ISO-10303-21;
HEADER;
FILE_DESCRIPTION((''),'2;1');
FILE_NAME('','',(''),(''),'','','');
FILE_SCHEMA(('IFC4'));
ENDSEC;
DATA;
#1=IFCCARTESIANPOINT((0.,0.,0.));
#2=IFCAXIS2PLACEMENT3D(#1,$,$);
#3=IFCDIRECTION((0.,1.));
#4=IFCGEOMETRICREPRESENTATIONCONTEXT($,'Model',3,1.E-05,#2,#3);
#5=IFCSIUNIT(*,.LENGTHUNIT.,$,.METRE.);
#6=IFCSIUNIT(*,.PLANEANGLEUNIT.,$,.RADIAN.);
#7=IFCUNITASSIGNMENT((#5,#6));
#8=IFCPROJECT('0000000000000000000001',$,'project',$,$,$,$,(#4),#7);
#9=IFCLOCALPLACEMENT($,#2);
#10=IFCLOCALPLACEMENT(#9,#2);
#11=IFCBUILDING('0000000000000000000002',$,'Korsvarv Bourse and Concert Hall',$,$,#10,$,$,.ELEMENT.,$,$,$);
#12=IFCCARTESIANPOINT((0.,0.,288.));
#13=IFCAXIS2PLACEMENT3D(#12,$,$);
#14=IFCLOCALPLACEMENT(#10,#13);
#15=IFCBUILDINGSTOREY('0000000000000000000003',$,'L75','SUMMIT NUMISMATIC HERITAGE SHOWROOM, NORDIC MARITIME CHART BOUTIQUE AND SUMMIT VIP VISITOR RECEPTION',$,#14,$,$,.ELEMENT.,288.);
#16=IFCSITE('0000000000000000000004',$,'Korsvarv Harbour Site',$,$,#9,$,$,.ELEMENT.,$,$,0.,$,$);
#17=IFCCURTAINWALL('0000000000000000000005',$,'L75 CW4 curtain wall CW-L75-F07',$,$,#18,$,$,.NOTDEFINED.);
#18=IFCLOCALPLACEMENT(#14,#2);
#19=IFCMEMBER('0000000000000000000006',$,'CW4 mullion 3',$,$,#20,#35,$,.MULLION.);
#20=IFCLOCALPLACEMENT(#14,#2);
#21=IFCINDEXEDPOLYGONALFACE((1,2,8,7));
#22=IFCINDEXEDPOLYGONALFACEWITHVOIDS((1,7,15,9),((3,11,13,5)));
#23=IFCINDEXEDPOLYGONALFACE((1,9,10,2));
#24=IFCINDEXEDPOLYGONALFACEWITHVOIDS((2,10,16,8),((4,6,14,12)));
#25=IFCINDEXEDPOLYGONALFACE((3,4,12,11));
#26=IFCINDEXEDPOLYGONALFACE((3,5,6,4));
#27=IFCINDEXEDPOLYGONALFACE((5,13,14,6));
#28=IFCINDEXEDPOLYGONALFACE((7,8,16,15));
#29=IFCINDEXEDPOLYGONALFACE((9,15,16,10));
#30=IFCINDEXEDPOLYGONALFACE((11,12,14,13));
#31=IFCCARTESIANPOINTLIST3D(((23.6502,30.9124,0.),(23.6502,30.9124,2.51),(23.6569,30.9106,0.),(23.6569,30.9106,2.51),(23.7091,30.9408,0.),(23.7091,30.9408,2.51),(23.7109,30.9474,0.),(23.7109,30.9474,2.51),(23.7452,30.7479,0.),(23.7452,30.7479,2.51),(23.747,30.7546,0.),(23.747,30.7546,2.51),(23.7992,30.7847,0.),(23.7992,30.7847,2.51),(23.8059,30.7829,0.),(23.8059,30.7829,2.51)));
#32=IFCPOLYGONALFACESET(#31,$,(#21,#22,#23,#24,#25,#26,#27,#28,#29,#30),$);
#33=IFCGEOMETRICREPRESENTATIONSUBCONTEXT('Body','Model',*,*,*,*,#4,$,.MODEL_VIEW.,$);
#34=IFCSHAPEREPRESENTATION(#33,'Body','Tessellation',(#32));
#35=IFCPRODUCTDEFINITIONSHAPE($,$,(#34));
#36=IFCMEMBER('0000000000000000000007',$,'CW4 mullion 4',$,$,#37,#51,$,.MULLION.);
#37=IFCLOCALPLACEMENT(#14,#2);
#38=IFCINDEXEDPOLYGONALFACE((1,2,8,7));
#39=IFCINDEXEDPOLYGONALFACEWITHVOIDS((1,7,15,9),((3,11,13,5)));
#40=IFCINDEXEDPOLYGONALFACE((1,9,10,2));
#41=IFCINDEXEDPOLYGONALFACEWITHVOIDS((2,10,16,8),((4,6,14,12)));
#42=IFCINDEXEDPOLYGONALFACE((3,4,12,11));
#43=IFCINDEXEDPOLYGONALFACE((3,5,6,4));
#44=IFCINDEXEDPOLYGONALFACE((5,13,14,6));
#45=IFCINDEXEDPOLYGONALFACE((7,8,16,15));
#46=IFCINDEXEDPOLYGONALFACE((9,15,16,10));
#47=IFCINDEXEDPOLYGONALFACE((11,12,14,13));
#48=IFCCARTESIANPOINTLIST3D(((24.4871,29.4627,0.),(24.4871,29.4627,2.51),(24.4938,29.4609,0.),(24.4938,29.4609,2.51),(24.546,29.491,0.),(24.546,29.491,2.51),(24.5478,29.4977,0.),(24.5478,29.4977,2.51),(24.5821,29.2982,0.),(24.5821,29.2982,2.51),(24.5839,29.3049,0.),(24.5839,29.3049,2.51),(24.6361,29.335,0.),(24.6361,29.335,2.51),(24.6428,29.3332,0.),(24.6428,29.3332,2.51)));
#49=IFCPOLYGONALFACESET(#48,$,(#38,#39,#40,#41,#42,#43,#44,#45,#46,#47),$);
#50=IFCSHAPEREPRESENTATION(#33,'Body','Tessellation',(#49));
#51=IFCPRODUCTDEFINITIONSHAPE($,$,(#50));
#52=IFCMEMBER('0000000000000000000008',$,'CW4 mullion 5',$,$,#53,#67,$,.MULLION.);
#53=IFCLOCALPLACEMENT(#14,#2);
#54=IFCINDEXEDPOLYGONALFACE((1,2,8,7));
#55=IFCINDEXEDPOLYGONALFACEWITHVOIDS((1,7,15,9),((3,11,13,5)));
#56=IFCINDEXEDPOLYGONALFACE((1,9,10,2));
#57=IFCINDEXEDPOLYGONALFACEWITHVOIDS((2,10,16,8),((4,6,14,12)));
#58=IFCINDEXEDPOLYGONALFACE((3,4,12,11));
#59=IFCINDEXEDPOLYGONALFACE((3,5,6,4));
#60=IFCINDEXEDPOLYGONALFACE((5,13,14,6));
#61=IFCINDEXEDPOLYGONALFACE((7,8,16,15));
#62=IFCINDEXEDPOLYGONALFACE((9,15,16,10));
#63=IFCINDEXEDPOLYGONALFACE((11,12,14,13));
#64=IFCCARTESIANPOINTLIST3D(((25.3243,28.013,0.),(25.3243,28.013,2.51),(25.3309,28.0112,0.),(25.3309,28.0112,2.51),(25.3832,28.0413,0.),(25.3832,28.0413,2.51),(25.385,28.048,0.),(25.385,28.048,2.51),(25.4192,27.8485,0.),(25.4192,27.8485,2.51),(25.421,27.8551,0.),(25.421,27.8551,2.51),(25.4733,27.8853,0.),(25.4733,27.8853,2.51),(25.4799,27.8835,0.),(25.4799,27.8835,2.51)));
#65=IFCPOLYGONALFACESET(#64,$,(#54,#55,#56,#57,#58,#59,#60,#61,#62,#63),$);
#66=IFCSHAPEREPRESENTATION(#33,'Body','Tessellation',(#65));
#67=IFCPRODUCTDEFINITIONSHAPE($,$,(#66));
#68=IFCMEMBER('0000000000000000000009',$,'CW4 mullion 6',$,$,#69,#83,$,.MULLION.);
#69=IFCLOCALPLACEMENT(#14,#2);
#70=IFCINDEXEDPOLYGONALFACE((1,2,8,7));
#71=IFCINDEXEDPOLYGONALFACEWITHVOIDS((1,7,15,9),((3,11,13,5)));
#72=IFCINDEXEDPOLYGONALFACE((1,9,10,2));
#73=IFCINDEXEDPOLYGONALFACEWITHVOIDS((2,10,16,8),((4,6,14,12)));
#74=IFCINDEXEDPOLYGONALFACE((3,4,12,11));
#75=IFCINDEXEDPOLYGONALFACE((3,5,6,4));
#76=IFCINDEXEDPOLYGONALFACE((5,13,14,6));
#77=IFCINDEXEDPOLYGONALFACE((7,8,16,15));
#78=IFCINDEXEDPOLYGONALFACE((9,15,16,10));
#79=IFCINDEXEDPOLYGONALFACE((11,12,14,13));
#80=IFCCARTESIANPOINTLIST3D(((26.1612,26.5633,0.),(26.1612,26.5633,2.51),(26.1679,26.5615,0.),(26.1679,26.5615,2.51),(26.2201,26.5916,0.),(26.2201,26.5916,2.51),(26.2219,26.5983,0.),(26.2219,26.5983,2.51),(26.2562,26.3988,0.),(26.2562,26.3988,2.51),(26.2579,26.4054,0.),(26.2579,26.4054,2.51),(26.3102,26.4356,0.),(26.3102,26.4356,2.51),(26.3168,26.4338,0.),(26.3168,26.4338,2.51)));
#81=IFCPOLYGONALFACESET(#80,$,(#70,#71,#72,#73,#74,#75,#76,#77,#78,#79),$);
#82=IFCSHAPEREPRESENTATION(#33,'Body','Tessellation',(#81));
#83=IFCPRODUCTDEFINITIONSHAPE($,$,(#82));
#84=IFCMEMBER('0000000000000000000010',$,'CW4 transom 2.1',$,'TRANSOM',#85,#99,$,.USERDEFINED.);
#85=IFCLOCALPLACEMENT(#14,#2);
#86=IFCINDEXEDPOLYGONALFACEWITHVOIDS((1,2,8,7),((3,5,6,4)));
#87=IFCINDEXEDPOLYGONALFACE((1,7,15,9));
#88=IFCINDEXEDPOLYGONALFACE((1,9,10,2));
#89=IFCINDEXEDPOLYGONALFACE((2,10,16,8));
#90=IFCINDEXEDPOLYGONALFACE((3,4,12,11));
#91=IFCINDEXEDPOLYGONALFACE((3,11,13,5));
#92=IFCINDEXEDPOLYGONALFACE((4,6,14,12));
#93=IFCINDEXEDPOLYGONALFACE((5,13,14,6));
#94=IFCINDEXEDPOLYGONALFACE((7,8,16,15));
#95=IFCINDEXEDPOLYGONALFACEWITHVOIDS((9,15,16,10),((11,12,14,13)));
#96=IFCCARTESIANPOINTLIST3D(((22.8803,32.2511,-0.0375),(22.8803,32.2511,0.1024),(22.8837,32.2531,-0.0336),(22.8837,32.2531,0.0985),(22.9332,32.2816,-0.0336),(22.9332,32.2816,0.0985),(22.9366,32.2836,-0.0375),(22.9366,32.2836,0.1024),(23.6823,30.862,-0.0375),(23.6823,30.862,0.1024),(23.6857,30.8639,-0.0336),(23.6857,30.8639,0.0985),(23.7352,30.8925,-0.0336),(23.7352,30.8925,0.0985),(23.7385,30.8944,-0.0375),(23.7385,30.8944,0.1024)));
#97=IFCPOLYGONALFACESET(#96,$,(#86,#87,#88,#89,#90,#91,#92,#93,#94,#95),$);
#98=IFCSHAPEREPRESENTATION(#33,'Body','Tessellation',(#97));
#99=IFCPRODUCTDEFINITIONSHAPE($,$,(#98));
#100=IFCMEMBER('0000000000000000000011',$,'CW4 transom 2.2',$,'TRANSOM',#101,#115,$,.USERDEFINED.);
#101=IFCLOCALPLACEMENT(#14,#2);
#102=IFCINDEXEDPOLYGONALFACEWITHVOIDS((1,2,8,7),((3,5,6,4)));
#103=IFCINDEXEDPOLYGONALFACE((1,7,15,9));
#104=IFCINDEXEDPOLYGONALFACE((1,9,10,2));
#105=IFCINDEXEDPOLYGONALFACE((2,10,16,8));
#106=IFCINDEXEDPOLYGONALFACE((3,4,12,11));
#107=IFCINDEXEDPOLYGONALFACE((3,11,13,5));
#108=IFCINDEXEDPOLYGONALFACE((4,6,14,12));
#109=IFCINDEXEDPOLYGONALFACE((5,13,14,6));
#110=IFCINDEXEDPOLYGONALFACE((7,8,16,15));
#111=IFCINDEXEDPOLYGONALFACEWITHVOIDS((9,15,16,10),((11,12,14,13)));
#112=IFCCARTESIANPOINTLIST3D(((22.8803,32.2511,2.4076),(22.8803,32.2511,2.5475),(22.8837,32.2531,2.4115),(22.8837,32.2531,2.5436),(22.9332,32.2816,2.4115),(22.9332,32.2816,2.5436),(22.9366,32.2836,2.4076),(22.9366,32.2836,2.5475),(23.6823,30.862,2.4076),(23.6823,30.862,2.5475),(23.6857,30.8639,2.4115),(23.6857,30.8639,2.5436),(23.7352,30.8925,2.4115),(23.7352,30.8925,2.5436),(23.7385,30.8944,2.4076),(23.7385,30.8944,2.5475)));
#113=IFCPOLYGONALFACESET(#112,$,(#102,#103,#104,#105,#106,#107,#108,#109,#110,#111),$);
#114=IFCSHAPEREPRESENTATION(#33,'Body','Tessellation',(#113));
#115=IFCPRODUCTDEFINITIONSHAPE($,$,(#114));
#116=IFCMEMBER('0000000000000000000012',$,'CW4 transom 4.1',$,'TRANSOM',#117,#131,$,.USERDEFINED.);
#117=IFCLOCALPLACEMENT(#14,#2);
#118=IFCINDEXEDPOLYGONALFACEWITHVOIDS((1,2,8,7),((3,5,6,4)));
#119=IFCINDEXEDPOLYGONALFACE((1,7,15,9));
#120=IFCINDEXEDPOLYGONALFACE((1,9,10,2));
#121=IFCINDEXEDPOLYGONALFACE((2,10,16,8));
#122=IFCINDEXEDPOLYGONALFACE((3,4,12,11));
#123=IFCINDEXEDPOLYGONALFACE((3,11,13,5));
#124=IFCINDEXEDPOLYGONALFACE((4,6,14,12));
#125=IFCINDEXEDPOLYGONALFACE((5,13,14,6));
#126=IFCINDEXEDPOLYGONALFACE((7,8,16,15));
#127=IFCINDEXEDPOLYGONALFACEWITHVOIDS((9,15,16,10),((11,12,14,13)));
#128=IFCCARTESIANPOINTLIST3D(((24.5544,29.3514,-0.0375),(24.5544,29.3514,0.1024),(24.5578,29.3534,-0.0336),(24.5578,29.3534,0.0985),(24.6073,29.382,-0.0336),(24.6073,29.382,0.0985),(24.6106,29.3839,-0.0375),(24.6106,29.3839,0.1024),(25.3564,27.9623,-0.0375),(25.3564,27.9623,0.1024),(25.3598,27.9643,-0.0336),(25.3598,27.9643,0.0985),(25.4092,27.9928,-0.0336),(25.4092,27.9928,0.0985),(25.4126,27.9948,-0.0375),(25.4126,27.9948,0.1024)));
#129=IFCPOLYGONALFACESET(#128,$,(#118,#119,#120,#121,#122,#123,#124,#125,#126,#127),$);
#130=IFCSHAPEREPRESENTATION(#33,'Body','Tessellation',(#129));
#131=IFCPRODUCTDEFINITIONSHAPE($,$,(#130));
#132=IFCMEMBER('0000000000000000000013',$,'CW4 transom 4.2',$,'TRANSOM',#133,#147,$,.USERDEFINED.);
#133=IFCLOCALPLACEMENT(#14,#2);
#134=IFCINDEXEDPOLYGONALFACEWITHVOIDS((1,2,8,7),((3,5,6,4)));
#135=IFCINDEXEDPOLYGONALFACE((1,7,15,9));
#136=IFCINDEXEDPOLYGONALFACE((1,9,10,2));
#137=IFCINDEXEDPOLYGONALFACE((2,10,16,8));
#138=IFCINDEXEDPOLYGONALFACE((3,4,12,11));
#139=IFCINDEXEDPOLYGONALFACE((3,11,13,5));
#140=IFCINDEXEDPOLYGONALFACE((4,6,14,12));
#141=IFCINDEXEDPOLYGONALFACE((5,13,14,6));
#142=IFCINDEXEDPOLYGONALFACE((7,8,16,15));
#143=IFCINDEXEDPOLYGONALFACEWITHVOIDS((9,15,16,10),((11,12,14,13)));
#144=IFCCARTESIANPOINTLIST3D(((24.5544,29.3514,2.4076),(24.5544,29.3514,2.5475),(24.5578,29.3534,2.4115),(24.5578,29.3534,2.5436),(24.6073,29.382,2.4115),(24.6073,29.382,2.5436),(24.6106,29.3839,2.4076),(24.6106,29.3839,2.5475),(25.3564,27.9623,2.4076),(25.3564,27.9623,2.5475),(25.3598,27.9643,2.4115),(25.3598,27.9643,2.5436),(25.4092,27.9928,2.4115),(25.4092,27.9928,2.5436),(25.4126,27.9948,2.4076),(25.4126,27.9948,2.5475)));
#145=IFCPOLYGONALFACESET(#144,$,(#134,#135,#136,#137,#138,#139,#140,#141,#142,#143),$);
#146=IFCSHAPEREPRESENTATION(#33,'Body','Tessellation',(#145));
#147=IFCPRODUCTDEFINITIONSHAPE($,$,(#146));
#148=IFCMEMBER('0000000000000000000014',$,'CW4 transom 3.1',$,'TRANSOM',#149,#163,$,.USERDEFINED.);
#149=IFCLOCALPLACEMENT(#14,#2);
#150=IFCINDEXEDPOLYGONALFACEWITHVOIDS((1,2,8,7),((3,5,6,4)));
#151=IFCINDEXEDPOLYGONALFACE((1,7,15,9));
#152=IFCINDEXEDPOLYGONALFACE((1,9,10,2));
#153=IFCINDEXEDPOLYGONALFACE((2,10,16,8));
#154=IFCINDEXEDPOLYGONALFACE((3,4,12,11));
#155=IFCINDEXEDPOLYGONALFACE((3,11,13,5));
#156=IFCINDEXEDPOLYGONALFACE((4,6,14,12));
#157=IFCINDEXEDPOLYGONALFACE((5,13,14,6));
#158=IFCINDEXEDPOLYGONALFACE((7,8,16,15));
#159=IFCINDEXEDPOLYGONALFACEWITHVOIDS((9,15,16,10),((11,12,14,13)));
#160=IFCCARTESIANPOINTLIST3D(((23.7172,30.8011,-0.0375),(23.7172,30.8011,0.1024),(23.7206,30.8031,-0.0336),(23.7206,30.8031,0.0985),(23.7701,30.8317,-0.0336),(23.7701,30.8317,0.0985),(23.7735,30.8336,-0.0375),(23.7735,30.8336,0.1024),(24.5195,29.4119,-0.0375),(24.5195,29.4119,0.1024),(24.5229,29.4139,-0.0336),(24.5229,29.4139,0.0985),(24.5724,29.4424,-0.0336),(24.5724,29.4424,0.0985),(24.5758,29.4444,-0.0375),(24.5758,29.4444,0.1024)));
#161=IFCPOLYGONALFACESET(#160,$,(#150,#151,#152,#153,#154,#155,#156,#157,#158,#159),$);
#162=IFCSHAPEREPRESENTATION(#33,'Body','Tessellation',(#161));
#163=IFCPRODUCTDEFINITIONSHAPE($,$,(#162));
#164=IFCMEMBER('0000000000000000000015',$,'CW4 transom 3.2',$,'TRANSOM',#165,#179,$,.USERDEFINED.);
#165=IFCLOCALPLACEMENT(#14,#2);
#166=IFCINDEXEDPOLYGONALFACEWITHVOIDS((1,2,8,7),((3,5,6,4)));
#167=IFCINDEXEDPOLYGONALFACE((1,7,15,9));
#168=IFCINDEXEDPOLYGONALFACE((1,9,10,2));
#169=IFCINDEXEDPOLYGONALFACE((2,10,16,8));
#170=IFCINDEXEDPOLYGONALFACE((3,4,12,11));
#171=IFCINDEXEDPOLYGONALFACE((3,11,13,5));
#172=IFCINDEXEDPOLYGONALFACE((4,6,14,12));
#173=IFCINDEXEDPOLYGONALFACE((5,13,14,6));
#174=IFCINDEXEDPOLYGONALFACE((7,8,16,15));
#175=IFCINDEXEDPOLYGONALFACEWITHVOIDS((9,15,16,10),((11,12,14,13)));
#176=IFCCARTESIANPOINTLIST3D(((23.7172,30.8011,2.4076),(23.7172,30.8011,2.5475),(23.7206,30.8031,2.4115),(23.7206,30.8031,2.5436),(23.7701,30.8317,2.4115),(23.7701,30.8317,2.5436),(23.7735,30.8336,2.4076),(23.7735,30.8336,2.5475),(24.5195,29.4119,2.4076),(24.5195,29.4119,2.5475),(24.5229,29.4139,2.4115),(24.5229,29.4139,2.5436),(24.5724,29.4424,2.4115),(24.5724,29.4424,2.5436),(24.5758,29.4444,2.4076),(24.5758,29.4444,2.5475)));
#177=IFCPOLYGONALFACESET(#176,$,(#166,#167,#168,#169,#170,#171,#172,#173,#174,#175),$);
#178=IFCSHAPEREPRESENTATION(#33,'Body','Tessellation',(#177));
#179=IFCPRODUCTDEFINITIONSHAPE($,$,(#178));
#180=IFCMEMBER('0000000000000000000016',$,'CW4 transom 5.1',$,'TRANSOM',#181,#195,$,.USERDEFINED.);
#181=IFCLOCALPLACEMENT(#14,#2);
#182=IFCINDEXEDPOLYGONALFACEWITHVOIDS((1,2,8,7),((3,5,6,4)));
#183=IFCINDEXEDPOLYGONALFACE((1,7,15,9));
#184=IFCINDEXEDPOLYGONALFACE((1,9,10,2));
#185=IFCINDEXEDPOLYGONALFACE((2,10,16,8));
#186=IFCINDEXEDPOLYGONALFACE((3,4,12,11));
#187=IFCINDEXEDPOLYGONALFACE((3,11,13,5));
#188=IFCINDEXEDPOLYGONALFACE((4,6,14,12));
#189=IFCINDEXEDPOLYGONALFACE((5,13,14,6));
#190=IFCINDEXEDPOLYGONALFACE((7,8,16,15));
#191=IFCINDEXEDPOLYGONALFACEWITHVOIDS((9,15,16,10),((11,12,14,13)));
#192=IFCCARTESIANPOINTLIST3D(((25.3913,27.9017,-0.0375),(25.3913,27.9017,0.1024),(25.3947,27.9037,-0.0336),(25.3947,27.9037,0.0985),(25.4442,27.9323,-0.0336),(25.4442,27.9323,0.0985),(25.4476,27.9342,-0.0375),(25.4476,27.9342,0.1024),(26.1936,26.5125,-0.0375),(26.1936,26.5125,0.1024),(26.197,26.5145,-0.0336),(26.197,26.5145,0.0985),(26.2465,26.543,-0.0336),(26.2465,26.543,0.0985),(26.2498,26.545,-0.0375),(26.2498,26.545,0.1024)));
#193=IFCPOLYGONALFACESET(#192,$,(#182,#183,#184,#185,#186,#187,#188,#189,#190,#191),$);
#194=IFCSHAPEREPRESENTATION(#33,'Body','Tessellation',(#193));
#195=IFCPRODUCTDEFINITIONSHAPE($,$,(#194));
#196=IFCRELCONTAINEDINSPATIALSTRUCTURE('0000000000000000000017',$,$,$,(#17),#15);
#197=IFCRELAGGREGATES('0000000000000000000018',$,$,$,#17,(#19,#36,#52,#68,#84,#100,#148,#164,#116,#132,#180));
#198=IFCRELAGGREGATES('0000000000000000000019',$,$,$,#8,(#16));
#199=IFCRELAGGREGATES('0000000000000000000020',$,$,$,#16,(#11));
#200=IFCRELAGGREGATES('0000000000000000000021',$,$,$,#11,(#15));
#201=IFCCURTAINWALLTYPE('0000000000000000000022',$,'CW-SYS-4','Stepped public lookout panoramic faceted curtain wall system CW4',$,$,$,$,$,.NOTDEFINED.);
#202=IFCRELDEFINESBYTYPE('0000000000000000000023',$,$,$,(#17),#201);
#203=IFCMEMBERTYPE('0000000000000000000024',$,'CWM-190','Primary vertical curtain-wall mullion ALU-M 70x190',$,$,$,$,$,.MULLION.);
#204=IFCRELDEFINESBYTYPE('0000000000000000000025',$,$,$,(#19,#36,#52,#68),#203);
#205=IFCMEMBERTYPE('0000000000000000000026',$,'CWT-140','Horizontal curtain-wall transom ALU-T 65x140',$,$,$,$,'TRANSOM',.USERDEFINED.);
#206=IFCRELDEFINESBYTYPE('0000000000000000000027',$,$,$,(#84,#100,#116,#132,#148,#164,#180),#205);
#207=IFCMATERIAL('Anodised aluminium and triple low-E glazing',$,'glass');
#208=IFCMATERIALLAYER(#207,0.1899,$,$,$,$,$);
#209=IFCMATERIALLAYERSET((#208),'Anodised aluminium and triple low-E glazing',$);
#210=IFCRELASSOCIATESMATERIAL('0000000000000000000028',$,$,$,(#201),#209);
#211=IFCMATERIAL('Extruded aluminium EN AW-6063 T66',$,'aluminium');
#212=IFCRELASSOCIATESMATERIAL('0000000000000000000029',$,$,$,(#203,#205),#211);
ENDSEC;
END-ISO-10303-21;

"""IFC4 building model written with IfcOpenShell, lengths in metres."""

from ifc_helpers import new_model, si_unit, direction, frame, origin, origin_2d, place, context, subcontext, project, spatial, hollow_rectangle, extrude, source, transform, mapped, material, layer, layer_set, material_profile, profile_set, type_object, element, aggregate, save


model = new_model("IFC4")

# Units and contexts
model_context = context("Model", 3, precision=1e-05, world=origin(), true_north=direction((0.0, 1.0)))
body_context = subcontext(model_context, "Body", "Model", "MODEL_VIEW")
ifc_project = project(units=[si_unit("LENGTHUNIT", "METRE"), si_unit("PLANEANGLEUNIT", "RADIAN")], contexts=[model_context])

# Site, building, storey
site_placement = place(None, origin())
site = spatial("IfcSite", under=ifc_project, at=site_placement, Name="Korsvarv Harbour Site", CompositionType="ELEMENT", RefElevation=0.0)
building_placement = place(site_placement, origin())
building = spatial("IfcBuilding", under=site, at=building_placement, Name="Korsvarv Bourse and Concert Hall", CompositionType="ELEMENT")
storey_placement = place(building_placement, frame((0.0, 0.0, 288.0)))
storey = spatial("IfcBuildingStorey", under=building, at=storey_placement, Name="L75", Description="SUMMIT NUMISMATIC HERITAGE SHOWROOM, NORDIC MARITIME CHART BOUTIQUE AND SUMMIT VIP VISITOR RECEPTION", CompositionType="ELEMENT", Elevation=288.0)

# Curtain wall, members
ifc_material_1 = material(Name="Anodised aluminium and triple low-E glazing", Category="glass")
ifc_layer_1 = layer(ifc_material_1, 0.1899)
ifc_layer_set_1 = layer_set([ifc_layer_1], Name="Anodised aluminium and triple low-E glazing")
curtain_wall_type = type_object("IfcCurtainWallType", Name="CW-SYS-4", Description="Stepped public lookout panoramic faceted curtain wall system CW4", PredefinedType="NOTDEFINED", material=ifc_layer_set_1)
curtain_wall_placement = place(storey_placement, origin())
curtain_wall = element("IfcCurtainWall", 1, at=curtain_wall_placement, inside=storey, type_object=curtain_wall_type, Name="L75 CW4 curtain wall CW-L75-F07", PredefinedType="NOTDEFINED")
ifc_material_2 = material(Name="Extruded aluminium EN AW-6063 T66", Category="aluminium")
ifc_material_profile_1 = material_profile(ifc_material_2, hollow_rectangle(XDim=0.0701, YDim=0.1899, WallThickness=0.0049, at=origin_2d()), Name="ALU-M 70x190")
ifc_profile_set_1 = profile_set([ifc_material_profile_1], Name="Extruded aluminium EN AW-6063 T66")
member_type_1 = type_object("IfcMemberType", Name="CWM-190", Description="Primary vertical curtain-wall mullion ALU-M 70x190", PredefinedType="MULLION", material=ifc_profile_set_1)
shared_shape_1 = source(origin(), body_context, "Body", "SweptSolid", [
    extrude(hollow_rectangle(XDim=0.0701, YDim=0.1899, WallThickness=0.0049, at=origin_2d()), origin(), (0.0, 0.0, 1.0), 2.51),
])
member_1_placement = place(storey_placement, frame((23.728, 30.8477, 0.0), z_axis=(0.0, 0.0, 1.0), x_axis=(0.866023, 0.500005, 0.0)))
member_1 = element("IfcMember", 2, at=member_1_placement, type_object=member_type_1, Name="CW4 mullion 3", PredefinedType="MULLION", context=body_context, shape_type="MappedRepresentation", body=[
    mapped(shared_shape_1, transform((0.0, 0.0, 0.0), scale=1.0)),
])
member_2_placement = place(storey_placement, frame((24.5649, 29.3979, 0.0), z_axis=(0.0, 0.0, 1.0), x_axis=(0.866023, 0.500005, 0.0)))
member_2 = element("IfcMember", 3, at=member_2_placement, type_object=member_type_1, Name="CW4 mullion 4", PredefinedType="MULLION", context=body_context, shape_type="MappedRepresentation", body=[
    mapped(shared_shape_1, transform((0.0, 0.0, 0.0), scale=1.0)),
])
member_3_placement = place(storey_placement, frame((25.4021, 27.9482, 0.0), z_axis=(0.0, 0.0, 1.0), x_axis=(0.866023, 0.500005, 0.0)))
member_3 = element("IfcMember", 4, at=member_3_placement, type_object=member_type_1, Name="CW4 mullion 5", PredefinedType="MULLION", context=body_context, shape_type="MappedRepresentation", body=[
    mapped(shared_shape_1, transform((0.0, 0.0, 0.0), scale=1.0)),
])
member_4_placement = place(storey_placement, frame((26.239, 26.4985, 0.0), z_axis=(0.0, 0.0, 1.0), x_axis=(0.866023, 0.500005, 0.0)))
member_4 = element("IfcMember", 5, at=member_4_placement, type_object=member_type_1, Name="CW4 mullion 6", PredefinedType="MULLION", context=body_context, shape_type="MappedRepresentation", body=[
    mapped(shared_shape_1, transform((0.0, 0.0, 0.0), scale=1.0)),
])
ifc_material_profile_2 = material_profile(ifc_material_2, hollow_rectangle(XDim=0.0649, YDim=0.1399, WallThickness=0.0039, at=origin_2d()), Name="ALU-T 65x140")
ifc_profile_set_2 = profile_set([ifc_material_profile_2], Name="Extruded aluminium EN AW-6063 T66")
member_type_2 = type_object("IfcMemberType", Name="CWT-140", Description="Horizontal curtain-wall transom ALU-T 65x140", ElementType="TRANSOM", PredefinedType="USERDEFINED", material=ifc_profile_set_2)
shared_shape_2 = source(origin(), body_context, "Body", "SweptSolid", [
    extrude(hollow_rectangle(XDim=0.0649, YDim=0.1399, WallThickness=0.0039, at=origin_2d()), origin(), (0.0, 0.0, 1.0), 1.604),
])
member_5_placement = place(storey_placement, frame((22.9084, 32.2673, 0.0325), z_axis=(0.499986, -0.866034, 0.0), x_axis=(0.866034, 0.499986, 0.0)))
member_5 = element("IfcMember", 6, at=member_5_placement, type_object=member_type_2, Name="CW4 transom 2.1", ObjectType="TRANSOM", PredefinedType="USERDEFINED", context=body_context, shape_type="MappedRepresentation", body=[
    mapped(shared_shape_2, transform((0.0, 0.0, 0.0), scale=1.0)),
])
member_6_placement = place(storey_placement, frame((22.9084, 32.2673, 2.4775), z_axis=(0.499986, -0.866034, 0.0), x_axis=(0.866034, 0.499986, 0.0)))
member_6 = element("IfcMember", 7, at=member_6_placement, type_object=member_type_2, Name="CW4 transom 2.2", ObjectType="TRANSOM", PredefinedType="USERDEFINED", context=body_context, shape_type="MappedRepresentation", body=[
    mapped(shared_shape_2, transform((0.0, 0.0, 0.0), scale=1.0)),
])
member_7_placement = place(storey_placement, frame((24.5825, 29.3677, 0.0325), z_axis=(0.499986, -0.866034, 0.0), x_axis=(0.866034, 0.499986, 0.0)))
member_7 = element("IfcMember", 8, at=member_7_placement, type_object=member_type_2, Name="CW4 transom 4.1", ObjectType="TRANSOM", PredefinedType="USERDEFINED", context=body_context, shape_type="MappedRepresentation", body=[
    mapped(shared_shape_2, transform((0.0, 0.0, 0.0), scale=1.0)),
])
member_8_placement = place(storey_placement, frame((24.5825, 29.3677, 2.4775), z_axis=(0.499986, -0.866034, 0.0), x_axis=(0.866034, 0.499986, 0.0)))
member_8 = element("IfcMember", 9, at=member_8_placement, type_object=member_type_2, Name="CW4 transom 4.2", ObjectType="TRANSOM", PredefinedType="USERDEFINED", context=body_context, shape_type="MappedRepresentation", body=[
    mapped(shared_shape_2, transform((0.0, 0.0, 0.0), scale=1.0)),
])
shared_shape_3 = source(origin(), body_context, "Body", "SweptSolid", [
    extrude(hollow_rectangle(XDim=0.0649, YDim=0.1399, WallThickness=0.0039, at=origin_2d()), origin(), (0.0, 0.0, 1.0), 1.6042),
])
member_9_placement = place(storey_placement, frame((23.7454, 30.8174, 0.0325), z_axis=(0.5001, -0.865968, 0.0), x_axis=(0.865968, 0.5001, 0.0)))
member_9 = element("IfcMember", 10, at=member_9_placement, type_object=member_type_2, Name="CW4 transom 3.1", ObjectType="TRANSOM", PredefinedType="USERDEFINED", context=body_context, shape_type="MappedRepresentation", body=[
    mapped(shared_shape_3, transform((0.0, 0.0, 0.0), scale=1.0)),
])
member_10_placement = place(storey_placement, frame((23.7454, 30.8174, 2.4775), z_axis=(0.5001, -0.865968, 0.0), x_axis=(0.865968, 0.5001, 0.0)))
member_10 = element("IfcMember", 11, at=member_10_placement, type_object=member_type_2, Name="CW4 transom 3.2", ObjectType="TRANSOM", PredefinedType="USERDEFINED", context=body_context, shape_type="MappedRepresentation", body=[
    mapped(shared_shape_3, transform((0.0, 0.0, 0.0), scale=1.0)),
])
member_11_placement = place(storey_placement, frame((25.4194, 27.918, 0.0325), z_axis=(0.5001, -0.865968, 0.0), x_axis=(0.865968, 0.5001, 0.0)))
member_11 = element("IfcMember", 12, at=member_11_placement, type_object=member_type_2, Name="CW4 transom 5.1", ObjectType="TRANSOM", PredefinedType="USERDEFINED", context=body_context, shape_type="MappedRepresentation", body=[
    mapped(shared_shape_3, transform((0.0, 0.0, 0.0), scale=1.0)),
])

aggregate(curtain_wall, [member_1, member_2, member_3, member_4, member_5, member_6, member_9, member_10, member_7, member_8, member_11])

save(model, "model.ifc")
